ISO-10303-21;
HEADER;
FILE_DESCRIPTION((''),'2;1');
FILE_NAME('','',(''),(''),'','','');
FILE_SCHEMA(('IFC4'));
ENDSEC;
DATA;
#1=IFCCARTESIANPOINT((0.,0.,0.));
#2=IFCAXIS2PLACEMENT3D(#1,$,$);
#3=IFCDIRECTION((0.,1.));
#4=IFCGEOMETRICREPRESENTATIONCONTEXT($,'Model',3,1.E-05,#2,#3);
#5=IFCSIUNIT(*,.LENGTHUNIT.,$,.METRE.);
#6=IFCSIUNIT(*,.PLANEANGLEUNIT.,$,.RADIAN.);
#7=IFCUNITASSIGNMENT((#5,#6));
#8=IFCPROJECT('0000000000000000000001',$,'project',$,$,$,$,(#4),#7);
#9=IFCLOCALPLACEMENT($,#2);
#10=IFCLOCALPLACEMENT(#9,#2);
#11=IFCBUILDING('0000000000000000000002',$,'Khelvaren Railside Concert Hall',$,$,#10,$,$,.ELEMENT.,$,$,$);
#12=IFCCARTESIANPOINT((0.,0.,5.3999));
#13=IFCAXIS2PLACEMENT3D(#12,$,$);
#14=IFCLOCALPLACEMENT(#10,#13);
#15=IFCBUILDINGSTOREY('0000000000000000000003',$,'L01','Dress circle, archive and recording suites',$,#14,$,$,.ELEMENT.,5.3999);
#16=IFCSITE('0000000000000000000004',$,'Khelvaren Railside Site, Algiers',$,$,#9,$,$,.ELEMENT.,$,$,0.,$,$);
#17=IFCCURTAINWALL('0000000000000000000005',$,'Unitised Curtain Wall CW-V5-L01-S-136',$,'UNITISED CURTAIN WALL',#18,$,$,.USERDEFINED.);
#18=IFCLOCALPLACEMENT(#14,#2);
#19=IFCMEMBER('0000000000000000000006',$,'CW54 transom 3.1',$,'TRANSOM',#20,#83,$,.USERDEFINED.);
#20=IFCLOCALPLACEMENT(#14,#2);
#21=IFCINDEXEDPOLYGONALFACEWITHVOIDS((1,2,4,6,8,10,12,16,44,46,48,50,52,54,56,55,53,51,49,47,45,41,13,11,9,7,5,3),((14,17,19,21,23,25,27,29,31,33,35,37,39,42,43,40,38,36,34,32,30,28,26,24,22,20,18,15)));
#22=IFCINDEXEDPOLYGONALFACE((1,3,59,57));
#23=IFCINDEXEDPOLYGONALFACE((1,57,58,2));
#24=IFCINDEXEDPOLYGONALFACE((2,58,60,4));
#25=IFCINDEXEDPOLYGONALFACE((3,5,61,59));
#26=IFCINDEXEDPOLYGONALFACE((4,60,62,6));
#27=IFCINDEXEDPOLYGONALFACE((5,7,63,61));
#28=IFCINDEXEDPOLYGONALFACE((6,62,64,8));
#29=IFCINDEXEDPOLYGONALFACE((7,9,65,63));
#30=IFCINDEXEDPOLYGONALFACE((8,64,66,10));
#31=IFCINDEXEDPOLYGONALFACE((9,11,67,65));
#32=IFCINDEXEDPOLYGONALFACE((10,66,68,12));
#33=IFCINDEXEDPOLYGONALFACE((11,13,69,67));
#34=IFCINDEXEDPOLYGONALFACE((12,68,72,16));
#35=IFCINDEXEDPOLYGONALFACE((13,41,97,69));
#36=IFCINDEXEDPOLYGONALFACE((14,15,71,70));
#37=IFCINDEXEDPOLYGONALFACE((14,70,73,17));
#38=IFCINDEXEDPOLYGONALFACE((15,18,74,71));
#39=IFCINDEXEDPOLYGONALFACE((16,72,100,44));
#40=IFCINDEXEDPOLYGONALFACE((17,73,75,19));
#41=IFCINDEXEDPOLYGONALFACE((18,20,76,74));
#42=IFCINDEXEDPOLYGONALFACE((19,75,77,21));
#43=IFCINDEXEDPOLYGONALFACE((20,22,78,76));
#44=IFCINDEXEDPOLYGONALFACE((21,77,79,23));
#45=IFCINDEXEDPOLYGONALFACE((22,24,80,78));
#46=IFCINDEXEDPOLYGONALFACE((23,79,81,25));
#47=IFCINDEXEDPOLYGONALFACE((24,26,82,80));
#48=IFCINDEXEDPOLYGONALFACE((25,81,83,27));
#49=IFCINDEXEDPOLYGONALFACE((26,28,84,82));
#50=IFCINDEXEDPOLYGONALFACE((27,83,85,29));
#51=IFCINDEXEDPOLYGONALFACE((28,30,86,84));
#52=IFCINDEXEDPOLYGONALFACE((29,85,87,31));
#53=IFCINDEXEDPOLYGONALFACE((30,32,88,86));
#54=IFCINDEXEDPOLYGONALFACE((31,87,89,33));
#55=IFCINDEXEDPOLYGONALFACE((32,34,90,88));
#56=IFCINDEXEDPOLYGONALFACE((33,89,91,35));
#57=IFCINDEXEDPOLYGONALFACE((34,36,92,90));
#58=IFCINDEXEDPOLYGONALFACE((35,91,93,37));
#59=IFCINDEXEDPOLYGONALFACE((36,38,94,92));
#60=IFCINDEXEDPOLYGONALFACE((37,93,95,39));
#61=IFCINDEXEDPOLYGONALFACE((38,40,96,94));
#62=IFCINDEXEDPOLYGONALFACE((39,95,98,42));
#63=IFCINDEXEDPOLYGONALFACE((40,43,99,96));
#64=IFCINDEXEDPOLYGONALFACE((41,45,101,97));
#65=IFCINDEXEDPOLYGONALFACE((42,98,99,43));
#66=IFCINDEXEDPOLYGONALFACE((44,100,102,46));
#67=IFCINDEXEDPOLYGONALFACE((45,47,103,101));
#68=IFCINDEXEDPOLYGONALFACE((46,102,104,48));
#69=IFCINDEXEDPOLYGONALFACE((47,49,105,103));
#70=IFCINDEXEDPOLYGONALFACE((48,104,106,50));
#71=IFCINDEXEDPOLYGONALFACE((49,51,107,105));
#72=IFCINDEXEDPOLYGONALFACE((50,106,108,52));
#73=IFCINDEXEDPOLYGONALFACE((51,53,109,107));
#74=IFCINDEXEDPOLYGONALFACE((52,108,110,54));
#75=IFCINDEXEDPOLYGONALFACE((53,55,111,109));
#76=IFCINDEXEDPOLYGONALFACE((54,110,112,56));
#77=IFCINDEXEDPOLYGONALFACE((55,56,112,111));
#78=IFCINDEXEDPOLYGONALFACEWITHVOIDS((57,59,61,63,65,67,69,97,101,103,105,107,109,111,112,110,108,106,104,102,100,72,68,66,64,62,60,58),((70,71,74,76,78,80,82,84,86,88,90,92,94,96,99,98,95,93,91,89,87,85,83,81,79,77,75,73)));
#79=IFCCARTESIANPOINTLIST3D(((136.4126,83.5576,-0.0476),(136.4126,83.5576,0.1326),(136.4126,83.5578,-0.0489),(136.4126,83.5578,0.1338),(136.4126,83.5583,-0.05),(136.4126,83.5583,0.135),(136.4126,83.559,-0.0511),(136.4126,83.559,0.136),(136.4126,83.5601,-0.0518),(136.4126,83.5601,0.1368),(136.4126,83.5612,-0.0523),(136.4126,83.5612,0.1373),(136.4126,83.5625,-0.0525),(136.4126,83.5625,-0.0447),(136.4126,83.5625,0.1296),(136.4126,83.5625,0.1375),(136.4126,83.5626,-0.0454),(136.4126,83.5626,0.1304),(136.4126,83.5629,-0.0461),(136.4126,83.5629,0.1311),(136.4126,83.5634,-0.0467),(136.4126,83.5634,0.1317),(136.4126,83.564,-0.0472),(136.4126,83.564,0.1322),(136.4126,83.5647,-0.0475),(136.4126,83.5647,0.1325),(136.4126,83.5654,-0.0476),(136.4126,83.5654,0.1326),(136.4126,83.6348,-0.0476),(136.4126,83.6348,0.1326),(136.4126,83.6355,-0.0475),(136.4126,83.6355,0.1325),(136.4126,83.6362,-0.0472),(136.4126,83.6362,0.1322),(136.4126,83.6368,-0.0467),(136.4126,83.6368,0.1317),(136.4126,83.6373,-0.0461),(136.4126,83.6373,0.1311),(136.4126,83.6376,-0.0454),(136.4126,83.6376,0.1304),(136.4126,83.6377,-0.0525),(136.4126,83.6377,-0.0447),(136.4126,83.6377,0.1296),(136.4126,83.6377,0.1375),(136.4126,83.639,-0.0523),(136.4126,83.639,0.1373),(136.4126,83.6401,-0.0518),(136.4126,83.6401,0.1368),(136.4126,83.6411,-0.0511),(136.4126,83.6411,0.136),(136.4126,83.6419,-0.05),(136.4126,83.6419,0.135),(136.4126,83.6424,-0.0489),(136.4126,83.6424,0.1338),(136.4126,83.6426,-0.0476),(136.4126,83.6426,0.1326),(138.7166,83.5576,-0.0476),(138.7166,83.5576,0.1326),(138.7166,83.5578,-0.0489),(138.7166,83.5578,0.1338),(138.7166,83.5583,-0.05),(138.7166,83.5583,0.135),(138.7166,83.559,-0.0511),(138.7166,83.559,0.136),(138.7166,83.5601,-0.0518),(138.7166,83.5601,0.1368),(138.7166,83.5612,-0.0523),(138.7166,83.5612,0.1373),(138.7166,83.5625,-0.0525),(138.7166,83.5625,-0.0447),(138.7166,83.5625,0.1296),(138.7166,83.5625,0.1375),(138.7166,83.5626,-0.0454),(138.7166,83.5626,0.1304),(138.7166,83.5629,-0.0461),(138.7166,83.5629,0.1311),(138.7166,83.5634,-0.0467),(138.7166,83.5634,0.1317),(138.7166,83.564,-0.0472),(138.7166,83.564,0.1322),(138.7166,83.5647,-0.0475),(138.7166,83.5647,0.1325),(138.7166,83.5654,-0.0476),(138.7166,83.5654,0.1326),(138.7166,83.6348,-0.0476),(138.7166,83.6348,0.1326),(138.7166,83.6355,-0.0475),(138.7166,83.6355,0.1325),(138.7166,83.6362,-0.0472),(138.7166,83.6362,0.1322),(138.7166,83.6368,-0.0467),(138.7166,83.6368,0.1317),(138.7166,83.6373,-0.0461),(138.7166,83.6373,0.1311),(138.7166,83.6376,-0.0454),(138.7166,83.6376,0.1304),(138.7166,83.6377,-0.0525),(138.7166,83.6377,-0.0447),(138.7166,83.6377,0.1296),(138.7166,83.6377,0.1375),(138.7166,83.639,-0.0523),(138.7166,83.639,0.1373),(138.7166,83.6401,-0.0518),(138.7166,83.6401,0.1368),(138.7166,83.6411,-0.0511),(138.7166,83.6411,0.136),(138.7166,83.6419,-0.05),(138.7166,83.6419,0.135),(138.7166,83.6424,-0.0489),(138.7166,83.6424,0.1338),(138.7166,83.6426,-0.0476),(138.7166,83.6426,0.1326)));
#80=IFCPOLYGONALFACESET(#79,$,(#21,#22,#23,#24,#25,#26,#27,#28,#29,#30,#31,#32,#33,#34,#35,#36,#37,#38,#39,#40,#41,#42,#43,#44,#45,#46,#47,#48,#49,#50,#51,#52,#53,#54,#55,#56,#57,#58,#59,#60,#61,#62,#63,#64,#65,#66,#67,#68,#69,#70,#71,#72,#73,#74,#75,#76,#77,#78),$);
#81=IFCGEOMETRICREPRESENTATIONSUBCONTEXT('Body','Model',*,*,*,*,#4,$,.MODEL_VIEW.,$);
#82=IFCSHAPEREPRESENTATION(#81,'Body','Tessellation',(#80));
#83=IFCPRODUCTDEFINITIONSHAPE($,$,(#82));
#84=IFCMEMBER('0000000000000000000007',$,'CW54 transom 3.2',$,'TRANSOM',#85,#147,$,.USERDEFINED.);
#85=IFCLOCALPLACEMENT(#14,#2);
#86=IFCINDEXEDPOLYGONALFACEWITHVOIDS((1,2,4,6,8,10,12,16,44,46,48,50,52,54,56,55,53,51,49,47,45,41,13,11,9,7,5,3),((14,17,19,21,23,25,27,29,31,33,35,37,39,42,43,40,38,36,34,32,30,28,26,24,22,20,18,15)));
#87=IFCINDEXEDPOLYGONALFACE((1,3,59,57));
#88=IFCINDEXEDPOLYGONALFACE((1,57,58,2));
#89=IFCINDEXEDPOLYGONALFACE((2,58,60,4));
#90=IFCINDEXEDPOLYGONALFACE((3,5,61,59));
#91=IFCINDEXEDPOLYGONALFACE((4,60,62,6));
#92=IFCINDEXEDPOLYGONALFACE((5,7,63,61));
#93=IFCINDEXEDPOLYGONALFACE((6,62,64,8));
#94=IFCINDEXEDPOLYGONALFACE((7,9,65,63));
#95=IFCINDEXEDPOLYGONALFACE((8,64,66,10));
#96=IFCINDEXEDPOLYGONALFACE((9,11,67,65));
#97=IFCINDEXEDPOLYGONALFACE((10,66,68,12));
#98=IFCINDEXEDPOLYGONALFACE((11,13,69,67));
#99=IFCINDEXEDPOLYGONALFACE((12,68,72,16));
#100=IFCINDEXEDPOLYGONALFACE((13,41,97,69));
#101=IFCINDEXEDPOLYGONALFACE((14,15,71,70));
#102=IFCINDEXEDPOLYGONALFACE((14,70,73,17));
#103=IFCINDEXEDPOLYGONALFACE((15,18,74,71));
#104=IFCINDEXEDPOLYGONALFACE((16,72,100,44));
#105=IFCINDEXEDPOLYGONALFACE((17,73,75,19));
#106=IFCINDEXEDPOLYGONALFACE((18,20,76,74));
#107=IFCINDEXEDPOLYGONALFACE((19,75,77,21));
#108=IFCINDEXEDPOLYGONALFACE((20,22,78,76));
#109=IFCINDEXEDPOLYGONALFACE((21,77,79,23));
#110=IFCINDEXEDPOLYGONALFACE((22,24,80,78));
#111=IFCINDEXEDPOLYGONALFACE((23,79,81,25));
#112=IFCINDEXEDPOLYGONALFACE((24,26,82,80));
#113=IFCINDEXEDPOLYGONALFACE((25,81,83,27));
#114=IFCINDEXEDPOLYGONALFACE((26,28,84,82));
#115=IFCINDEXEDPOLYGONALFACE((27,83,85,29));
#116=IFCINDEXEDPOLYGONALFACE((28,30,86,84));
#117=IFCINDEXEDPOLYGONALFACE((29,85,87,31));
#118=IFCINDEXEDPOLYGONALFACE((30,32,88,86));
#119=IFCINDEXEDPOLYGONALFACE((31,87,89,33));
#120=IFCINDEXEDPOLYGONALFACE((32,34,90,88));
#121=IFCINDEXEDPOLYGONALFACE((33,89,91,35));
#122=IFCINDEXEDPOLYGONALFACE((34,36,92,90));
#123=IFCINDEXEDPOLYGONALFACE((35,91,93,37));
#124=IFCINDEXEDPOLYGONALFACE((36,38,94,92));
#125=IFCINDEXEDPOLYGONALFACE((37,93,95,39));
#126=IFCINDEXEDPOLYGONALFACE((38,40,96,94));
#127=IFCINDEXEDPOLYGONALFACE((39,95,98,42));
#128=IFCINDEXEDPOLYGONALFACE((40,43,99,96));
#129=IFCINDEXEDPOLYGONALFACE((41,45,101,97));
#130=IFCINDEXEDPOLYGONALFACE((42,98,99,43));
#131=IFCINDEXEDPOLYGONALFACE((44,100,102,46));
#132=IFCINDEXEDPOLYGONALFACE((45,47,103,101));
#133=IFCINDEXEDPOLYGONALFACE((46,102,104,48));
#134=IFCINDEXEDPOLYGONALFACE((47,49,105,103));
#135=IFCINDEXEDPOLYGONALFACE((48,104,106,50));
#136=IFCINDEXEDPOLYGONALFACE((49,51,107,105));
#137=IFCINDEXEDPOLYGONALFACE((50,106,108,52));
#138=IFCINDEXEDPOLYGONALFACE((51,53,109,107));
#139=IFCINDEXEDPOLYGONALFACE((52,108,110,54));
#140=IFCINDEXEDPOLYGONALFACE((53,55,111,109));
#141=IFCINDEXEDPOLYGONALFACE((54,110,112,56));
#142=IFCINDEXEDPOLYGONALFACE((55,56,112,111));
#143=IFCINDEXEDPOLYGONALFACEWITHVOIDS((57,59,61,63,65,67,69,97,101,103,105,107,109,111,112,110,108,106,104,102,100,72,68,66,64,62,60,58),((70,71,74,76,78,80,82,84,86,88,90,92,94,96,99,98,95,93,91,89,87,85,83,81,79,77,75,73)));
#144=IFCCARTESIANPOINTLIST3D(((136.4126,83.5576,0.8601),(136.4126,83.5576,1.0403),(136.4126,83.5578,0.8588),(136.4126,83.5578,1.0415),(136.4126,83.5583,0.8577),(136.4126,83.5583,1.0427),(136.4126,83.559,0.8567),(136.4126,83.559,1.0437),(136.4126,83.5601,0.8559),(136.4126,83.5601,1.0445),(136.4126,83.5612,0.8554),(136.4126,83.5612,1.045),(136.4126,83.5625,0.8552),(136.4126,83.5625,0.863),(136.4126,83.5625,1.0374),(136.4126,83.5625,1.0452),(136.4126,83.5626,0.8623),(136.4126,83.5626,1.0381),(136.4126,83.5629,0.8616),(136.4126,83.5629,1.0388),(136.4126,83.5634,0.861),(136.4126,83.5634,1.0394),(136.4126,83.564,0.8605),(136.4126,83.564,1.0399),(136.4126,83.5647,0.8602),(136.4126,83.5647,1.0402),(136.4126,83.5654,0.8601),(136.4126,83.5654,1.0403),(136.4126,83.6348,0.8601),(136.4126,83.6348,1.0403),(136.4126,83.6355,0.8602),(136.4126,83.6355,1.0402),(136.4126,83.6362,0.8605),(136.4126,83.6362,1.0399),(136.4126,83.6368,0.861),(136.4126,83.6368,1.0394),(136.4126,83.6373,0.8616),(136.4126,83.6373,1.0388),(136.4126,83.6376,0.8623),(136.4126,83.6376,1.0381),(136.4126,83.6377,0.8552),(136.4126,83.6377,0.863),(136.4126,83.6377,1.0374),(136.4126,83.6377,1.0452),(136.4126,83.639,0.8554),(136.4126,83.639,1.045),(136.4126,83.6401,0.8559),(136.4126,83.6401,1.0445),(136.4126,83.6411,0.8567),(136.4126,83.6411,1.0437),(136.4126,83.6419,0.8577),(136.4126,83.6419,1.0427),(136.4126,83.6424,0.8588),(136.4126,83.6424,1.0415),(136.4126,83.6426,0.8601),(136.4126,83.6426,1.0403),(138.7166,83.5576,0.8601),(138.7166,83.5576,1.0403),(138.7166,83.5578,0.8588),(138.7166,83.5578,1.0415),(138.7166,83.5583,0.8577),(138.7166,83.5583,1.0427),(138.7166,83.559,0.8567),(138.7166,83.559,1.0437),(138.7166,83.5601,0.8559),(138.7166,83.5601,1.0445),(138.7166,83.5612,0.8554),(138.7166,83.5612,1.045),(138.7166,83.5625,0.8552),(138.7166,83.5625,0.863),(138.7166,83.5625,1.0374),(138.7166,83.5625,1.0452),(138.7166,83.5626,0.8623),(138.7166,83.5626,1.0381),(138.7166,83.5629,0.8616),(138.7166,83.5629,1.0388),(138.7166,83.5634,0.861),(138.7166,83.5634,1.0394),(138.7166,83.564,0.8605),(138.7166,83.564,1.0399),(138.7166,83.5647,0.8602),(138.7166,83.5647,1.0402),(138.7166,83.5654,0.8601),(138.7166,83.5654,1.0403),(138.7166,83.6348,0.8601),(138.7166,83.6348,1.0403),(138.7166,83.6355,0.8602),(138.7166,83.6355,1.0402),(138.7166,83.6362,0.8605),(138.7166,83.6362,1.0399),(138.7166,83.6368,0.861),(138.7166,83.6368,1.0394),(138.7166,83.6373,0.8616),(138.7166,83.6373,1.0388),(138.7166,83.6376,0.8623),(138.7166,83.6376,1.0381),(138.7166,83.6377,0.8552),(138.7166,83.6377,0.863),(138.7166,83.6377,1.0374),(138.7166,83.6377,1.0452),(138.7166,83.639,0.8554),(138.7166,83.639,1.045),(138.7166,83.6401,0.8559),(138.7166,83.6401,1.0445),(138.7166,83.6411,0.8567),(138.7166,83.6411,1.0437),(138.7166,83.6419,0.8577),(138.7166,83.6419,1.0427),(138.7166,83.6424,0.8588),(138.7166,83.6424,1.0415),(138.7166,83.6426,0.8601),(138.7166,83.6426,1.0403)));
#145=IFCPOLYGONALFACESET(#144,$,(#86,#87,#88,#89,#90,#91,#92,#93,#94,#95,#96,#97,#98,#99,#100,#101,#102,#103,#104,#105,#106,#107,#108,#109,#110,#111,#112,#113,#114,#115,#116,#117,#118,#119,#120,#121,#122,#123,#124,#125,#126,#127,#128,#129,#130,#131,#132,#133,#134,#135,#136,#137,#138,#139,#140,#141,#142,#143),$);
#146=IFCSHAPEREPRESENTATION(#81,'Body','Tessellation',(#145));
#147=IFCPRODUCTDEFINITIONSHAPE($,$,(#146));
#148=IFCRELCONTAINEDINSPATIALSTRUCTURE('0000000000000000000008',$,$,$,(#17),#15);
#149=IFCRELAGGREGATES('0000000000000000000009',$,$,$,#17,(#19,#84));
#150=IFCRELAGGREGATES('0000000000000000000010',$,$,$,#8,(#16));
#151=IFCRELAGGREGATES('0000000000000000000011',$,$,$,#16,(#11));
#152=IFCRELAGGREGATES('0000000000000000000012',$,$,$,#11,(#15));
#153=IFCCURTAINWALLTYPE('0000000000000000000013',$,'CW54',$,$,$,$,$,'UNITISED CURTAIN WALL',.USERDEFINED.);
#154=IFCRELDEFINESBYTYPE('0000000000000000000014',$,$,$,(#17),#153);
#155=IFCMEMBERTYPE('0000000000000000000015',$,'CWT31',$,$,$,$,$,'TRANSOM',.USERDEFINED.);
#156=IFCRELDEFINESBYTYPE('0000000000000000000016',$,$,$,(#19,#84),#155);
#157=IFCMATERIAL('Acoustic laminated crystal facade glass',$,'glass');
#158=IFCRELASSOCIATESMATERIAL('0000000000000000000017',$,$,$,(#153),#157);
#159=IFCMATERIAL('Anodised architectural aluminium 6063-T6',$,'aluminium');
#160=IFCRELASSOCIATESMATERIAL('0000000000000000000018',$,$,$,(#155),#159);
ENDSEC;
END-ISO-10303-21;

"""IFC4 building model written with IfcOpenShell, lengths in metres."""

from ifc_helpers import new_model, si_unit, direction, frame, origin, origin_2d, place, context, subcontext, project, spatial, hollow_rectangle, extrude, material, material_profile, profile_set, type_object, element, aggregate, save


model = new_model("IFC4")

# Units and contexts
model_context = context("Model", 3, precision=1e-05, world=origin(), true_north=direction((0.0, 1.0)))
body_context = subcontext(model_context, "Body", "Model", "MODEL_VIEW")
ifc_project = project(units=[si_unit("LENGTHUNIT", "METRE"), si_unit("PLANEANGLEUNIT", "RADIAN")], contexts=[model_context])

# Site, building, storey
site_placement = place(None, origin())
site = spatial("IfcSite", under=ifc_project, at=site_placement, Name="Khelvaren Railside Site, Algiers", CompositionType="ELEMENT", RefElevation=0.0)
building_placement = place(site_placement, origin())
building = spatial("IfcBuilding", under=site, at=building_placement, Name="Khelvaren Railside Concert Hall", CompositionType="ELEMENT")
storey_placement = place(building_placement, frame((0.0, 0.0, 5.3999)))
storey = spatial("IfcBuildingStorey", under=building, at=storey_placement, Name="L01", Description="Dress circle, archive and recording suites", CompositionType="ELEMENT", Elevation=5.3999)

# Curtain wall, members
ifc_material_1 = material(Name="Acoustic laminated crystal facade glass", Category="glass")
curtain_wall_type = type_object("IfcCurtainWallType", Name="CW54", ElementType="UNITISED CURTAIN WALL", PredefinedType="USERDEFINED", material=ifc_material_1)
curtain_wall_placement = place(storey_placement, origin())
curtain_wall = element("IfcCurtainWall", 1, at=curtain_wall_placement, inside=storey, type_object=curtain_wall_type, Name="Unitised Curtain Wall CW-V5-L01-S-136", ObjectType="UNITISED CURTAIN WALL", PredefinedType="USERDEFINED")
ifc_material_2 = material(Name="Anodised architectural aluminium 6063-T6", Category="aluminium")
ifc_material_profile_1 = material_profile(ifc_material_2, hollow_rectangle(XDim=0.085, YDim=0.1899, WallThickness=0.0049, InnerFilletRadius=0.0029, OuterFilletRadius=0.0049, at=origin_2d()), Name="CWT 85x190x5")
ifc_profile_set_1 = profile_set([ifc_material_profile_1], Name="Anodised architectural aluminium 6063-T6")
member_type_1 = type_object("IfcMemberType", Name="CWT31", ElementType="TRANSOM", PredefinedType="USERDEFINED", material=ifc_profile_set_1)
member_1_placement = place(storey_placement, frame((138.7166, 83.6001, 0.0425), z_axis=(-1.0, 0.0, 0.0), x_axis=(0.0, -1.0, 0.0)))
member_1 = element("IfcMember", 2, at=member_1_placement, type_object=member_type_1, Name="CW54 transom 3.1", ObjectType="TRANSOM", PredefinedType="USERDEFINED", context=body_context, shape_type="SweptSolid", body=[
    extrude(hollow_rectangle(XDim=0.085, YDim=0.1899, WallThickness=0.0049, InnerFilletRadius=0.0029, OuterFilletRadius=0.0049, at=origin_2d()), origin(), (0.0, 0.0, 1.0), 2.304),
])
member_2_placement = place(storey_placement, frame((138.7166, 83.6001, 0.9502), z_axis=(-1.0, 0.0, 0.0), x_axis=(0.0, -1.0, 0.0)))
member_2 = element("IfcMember", 3, at=member_2_placement, type_object=member_type_1, Name="CW54 transom 3.2", ObjectType="TRANSOM", PredefinedType="USERDEFINED", context=body_context, shape_type="SweptSolid", body=[
    extrude(hollow_rectangle(XDim=0.085, YDim=0.1899, WallThickness=0.0049, InnerFilletRadius=0.0029, OuterFilletRadius=0.0049, at=origin_2d()), origin(), (0.0, 0.0, 1.0), 2.304),
])

aggregate(curtain_wall, [member_1, member_2])

save(model, "model.ifc")
